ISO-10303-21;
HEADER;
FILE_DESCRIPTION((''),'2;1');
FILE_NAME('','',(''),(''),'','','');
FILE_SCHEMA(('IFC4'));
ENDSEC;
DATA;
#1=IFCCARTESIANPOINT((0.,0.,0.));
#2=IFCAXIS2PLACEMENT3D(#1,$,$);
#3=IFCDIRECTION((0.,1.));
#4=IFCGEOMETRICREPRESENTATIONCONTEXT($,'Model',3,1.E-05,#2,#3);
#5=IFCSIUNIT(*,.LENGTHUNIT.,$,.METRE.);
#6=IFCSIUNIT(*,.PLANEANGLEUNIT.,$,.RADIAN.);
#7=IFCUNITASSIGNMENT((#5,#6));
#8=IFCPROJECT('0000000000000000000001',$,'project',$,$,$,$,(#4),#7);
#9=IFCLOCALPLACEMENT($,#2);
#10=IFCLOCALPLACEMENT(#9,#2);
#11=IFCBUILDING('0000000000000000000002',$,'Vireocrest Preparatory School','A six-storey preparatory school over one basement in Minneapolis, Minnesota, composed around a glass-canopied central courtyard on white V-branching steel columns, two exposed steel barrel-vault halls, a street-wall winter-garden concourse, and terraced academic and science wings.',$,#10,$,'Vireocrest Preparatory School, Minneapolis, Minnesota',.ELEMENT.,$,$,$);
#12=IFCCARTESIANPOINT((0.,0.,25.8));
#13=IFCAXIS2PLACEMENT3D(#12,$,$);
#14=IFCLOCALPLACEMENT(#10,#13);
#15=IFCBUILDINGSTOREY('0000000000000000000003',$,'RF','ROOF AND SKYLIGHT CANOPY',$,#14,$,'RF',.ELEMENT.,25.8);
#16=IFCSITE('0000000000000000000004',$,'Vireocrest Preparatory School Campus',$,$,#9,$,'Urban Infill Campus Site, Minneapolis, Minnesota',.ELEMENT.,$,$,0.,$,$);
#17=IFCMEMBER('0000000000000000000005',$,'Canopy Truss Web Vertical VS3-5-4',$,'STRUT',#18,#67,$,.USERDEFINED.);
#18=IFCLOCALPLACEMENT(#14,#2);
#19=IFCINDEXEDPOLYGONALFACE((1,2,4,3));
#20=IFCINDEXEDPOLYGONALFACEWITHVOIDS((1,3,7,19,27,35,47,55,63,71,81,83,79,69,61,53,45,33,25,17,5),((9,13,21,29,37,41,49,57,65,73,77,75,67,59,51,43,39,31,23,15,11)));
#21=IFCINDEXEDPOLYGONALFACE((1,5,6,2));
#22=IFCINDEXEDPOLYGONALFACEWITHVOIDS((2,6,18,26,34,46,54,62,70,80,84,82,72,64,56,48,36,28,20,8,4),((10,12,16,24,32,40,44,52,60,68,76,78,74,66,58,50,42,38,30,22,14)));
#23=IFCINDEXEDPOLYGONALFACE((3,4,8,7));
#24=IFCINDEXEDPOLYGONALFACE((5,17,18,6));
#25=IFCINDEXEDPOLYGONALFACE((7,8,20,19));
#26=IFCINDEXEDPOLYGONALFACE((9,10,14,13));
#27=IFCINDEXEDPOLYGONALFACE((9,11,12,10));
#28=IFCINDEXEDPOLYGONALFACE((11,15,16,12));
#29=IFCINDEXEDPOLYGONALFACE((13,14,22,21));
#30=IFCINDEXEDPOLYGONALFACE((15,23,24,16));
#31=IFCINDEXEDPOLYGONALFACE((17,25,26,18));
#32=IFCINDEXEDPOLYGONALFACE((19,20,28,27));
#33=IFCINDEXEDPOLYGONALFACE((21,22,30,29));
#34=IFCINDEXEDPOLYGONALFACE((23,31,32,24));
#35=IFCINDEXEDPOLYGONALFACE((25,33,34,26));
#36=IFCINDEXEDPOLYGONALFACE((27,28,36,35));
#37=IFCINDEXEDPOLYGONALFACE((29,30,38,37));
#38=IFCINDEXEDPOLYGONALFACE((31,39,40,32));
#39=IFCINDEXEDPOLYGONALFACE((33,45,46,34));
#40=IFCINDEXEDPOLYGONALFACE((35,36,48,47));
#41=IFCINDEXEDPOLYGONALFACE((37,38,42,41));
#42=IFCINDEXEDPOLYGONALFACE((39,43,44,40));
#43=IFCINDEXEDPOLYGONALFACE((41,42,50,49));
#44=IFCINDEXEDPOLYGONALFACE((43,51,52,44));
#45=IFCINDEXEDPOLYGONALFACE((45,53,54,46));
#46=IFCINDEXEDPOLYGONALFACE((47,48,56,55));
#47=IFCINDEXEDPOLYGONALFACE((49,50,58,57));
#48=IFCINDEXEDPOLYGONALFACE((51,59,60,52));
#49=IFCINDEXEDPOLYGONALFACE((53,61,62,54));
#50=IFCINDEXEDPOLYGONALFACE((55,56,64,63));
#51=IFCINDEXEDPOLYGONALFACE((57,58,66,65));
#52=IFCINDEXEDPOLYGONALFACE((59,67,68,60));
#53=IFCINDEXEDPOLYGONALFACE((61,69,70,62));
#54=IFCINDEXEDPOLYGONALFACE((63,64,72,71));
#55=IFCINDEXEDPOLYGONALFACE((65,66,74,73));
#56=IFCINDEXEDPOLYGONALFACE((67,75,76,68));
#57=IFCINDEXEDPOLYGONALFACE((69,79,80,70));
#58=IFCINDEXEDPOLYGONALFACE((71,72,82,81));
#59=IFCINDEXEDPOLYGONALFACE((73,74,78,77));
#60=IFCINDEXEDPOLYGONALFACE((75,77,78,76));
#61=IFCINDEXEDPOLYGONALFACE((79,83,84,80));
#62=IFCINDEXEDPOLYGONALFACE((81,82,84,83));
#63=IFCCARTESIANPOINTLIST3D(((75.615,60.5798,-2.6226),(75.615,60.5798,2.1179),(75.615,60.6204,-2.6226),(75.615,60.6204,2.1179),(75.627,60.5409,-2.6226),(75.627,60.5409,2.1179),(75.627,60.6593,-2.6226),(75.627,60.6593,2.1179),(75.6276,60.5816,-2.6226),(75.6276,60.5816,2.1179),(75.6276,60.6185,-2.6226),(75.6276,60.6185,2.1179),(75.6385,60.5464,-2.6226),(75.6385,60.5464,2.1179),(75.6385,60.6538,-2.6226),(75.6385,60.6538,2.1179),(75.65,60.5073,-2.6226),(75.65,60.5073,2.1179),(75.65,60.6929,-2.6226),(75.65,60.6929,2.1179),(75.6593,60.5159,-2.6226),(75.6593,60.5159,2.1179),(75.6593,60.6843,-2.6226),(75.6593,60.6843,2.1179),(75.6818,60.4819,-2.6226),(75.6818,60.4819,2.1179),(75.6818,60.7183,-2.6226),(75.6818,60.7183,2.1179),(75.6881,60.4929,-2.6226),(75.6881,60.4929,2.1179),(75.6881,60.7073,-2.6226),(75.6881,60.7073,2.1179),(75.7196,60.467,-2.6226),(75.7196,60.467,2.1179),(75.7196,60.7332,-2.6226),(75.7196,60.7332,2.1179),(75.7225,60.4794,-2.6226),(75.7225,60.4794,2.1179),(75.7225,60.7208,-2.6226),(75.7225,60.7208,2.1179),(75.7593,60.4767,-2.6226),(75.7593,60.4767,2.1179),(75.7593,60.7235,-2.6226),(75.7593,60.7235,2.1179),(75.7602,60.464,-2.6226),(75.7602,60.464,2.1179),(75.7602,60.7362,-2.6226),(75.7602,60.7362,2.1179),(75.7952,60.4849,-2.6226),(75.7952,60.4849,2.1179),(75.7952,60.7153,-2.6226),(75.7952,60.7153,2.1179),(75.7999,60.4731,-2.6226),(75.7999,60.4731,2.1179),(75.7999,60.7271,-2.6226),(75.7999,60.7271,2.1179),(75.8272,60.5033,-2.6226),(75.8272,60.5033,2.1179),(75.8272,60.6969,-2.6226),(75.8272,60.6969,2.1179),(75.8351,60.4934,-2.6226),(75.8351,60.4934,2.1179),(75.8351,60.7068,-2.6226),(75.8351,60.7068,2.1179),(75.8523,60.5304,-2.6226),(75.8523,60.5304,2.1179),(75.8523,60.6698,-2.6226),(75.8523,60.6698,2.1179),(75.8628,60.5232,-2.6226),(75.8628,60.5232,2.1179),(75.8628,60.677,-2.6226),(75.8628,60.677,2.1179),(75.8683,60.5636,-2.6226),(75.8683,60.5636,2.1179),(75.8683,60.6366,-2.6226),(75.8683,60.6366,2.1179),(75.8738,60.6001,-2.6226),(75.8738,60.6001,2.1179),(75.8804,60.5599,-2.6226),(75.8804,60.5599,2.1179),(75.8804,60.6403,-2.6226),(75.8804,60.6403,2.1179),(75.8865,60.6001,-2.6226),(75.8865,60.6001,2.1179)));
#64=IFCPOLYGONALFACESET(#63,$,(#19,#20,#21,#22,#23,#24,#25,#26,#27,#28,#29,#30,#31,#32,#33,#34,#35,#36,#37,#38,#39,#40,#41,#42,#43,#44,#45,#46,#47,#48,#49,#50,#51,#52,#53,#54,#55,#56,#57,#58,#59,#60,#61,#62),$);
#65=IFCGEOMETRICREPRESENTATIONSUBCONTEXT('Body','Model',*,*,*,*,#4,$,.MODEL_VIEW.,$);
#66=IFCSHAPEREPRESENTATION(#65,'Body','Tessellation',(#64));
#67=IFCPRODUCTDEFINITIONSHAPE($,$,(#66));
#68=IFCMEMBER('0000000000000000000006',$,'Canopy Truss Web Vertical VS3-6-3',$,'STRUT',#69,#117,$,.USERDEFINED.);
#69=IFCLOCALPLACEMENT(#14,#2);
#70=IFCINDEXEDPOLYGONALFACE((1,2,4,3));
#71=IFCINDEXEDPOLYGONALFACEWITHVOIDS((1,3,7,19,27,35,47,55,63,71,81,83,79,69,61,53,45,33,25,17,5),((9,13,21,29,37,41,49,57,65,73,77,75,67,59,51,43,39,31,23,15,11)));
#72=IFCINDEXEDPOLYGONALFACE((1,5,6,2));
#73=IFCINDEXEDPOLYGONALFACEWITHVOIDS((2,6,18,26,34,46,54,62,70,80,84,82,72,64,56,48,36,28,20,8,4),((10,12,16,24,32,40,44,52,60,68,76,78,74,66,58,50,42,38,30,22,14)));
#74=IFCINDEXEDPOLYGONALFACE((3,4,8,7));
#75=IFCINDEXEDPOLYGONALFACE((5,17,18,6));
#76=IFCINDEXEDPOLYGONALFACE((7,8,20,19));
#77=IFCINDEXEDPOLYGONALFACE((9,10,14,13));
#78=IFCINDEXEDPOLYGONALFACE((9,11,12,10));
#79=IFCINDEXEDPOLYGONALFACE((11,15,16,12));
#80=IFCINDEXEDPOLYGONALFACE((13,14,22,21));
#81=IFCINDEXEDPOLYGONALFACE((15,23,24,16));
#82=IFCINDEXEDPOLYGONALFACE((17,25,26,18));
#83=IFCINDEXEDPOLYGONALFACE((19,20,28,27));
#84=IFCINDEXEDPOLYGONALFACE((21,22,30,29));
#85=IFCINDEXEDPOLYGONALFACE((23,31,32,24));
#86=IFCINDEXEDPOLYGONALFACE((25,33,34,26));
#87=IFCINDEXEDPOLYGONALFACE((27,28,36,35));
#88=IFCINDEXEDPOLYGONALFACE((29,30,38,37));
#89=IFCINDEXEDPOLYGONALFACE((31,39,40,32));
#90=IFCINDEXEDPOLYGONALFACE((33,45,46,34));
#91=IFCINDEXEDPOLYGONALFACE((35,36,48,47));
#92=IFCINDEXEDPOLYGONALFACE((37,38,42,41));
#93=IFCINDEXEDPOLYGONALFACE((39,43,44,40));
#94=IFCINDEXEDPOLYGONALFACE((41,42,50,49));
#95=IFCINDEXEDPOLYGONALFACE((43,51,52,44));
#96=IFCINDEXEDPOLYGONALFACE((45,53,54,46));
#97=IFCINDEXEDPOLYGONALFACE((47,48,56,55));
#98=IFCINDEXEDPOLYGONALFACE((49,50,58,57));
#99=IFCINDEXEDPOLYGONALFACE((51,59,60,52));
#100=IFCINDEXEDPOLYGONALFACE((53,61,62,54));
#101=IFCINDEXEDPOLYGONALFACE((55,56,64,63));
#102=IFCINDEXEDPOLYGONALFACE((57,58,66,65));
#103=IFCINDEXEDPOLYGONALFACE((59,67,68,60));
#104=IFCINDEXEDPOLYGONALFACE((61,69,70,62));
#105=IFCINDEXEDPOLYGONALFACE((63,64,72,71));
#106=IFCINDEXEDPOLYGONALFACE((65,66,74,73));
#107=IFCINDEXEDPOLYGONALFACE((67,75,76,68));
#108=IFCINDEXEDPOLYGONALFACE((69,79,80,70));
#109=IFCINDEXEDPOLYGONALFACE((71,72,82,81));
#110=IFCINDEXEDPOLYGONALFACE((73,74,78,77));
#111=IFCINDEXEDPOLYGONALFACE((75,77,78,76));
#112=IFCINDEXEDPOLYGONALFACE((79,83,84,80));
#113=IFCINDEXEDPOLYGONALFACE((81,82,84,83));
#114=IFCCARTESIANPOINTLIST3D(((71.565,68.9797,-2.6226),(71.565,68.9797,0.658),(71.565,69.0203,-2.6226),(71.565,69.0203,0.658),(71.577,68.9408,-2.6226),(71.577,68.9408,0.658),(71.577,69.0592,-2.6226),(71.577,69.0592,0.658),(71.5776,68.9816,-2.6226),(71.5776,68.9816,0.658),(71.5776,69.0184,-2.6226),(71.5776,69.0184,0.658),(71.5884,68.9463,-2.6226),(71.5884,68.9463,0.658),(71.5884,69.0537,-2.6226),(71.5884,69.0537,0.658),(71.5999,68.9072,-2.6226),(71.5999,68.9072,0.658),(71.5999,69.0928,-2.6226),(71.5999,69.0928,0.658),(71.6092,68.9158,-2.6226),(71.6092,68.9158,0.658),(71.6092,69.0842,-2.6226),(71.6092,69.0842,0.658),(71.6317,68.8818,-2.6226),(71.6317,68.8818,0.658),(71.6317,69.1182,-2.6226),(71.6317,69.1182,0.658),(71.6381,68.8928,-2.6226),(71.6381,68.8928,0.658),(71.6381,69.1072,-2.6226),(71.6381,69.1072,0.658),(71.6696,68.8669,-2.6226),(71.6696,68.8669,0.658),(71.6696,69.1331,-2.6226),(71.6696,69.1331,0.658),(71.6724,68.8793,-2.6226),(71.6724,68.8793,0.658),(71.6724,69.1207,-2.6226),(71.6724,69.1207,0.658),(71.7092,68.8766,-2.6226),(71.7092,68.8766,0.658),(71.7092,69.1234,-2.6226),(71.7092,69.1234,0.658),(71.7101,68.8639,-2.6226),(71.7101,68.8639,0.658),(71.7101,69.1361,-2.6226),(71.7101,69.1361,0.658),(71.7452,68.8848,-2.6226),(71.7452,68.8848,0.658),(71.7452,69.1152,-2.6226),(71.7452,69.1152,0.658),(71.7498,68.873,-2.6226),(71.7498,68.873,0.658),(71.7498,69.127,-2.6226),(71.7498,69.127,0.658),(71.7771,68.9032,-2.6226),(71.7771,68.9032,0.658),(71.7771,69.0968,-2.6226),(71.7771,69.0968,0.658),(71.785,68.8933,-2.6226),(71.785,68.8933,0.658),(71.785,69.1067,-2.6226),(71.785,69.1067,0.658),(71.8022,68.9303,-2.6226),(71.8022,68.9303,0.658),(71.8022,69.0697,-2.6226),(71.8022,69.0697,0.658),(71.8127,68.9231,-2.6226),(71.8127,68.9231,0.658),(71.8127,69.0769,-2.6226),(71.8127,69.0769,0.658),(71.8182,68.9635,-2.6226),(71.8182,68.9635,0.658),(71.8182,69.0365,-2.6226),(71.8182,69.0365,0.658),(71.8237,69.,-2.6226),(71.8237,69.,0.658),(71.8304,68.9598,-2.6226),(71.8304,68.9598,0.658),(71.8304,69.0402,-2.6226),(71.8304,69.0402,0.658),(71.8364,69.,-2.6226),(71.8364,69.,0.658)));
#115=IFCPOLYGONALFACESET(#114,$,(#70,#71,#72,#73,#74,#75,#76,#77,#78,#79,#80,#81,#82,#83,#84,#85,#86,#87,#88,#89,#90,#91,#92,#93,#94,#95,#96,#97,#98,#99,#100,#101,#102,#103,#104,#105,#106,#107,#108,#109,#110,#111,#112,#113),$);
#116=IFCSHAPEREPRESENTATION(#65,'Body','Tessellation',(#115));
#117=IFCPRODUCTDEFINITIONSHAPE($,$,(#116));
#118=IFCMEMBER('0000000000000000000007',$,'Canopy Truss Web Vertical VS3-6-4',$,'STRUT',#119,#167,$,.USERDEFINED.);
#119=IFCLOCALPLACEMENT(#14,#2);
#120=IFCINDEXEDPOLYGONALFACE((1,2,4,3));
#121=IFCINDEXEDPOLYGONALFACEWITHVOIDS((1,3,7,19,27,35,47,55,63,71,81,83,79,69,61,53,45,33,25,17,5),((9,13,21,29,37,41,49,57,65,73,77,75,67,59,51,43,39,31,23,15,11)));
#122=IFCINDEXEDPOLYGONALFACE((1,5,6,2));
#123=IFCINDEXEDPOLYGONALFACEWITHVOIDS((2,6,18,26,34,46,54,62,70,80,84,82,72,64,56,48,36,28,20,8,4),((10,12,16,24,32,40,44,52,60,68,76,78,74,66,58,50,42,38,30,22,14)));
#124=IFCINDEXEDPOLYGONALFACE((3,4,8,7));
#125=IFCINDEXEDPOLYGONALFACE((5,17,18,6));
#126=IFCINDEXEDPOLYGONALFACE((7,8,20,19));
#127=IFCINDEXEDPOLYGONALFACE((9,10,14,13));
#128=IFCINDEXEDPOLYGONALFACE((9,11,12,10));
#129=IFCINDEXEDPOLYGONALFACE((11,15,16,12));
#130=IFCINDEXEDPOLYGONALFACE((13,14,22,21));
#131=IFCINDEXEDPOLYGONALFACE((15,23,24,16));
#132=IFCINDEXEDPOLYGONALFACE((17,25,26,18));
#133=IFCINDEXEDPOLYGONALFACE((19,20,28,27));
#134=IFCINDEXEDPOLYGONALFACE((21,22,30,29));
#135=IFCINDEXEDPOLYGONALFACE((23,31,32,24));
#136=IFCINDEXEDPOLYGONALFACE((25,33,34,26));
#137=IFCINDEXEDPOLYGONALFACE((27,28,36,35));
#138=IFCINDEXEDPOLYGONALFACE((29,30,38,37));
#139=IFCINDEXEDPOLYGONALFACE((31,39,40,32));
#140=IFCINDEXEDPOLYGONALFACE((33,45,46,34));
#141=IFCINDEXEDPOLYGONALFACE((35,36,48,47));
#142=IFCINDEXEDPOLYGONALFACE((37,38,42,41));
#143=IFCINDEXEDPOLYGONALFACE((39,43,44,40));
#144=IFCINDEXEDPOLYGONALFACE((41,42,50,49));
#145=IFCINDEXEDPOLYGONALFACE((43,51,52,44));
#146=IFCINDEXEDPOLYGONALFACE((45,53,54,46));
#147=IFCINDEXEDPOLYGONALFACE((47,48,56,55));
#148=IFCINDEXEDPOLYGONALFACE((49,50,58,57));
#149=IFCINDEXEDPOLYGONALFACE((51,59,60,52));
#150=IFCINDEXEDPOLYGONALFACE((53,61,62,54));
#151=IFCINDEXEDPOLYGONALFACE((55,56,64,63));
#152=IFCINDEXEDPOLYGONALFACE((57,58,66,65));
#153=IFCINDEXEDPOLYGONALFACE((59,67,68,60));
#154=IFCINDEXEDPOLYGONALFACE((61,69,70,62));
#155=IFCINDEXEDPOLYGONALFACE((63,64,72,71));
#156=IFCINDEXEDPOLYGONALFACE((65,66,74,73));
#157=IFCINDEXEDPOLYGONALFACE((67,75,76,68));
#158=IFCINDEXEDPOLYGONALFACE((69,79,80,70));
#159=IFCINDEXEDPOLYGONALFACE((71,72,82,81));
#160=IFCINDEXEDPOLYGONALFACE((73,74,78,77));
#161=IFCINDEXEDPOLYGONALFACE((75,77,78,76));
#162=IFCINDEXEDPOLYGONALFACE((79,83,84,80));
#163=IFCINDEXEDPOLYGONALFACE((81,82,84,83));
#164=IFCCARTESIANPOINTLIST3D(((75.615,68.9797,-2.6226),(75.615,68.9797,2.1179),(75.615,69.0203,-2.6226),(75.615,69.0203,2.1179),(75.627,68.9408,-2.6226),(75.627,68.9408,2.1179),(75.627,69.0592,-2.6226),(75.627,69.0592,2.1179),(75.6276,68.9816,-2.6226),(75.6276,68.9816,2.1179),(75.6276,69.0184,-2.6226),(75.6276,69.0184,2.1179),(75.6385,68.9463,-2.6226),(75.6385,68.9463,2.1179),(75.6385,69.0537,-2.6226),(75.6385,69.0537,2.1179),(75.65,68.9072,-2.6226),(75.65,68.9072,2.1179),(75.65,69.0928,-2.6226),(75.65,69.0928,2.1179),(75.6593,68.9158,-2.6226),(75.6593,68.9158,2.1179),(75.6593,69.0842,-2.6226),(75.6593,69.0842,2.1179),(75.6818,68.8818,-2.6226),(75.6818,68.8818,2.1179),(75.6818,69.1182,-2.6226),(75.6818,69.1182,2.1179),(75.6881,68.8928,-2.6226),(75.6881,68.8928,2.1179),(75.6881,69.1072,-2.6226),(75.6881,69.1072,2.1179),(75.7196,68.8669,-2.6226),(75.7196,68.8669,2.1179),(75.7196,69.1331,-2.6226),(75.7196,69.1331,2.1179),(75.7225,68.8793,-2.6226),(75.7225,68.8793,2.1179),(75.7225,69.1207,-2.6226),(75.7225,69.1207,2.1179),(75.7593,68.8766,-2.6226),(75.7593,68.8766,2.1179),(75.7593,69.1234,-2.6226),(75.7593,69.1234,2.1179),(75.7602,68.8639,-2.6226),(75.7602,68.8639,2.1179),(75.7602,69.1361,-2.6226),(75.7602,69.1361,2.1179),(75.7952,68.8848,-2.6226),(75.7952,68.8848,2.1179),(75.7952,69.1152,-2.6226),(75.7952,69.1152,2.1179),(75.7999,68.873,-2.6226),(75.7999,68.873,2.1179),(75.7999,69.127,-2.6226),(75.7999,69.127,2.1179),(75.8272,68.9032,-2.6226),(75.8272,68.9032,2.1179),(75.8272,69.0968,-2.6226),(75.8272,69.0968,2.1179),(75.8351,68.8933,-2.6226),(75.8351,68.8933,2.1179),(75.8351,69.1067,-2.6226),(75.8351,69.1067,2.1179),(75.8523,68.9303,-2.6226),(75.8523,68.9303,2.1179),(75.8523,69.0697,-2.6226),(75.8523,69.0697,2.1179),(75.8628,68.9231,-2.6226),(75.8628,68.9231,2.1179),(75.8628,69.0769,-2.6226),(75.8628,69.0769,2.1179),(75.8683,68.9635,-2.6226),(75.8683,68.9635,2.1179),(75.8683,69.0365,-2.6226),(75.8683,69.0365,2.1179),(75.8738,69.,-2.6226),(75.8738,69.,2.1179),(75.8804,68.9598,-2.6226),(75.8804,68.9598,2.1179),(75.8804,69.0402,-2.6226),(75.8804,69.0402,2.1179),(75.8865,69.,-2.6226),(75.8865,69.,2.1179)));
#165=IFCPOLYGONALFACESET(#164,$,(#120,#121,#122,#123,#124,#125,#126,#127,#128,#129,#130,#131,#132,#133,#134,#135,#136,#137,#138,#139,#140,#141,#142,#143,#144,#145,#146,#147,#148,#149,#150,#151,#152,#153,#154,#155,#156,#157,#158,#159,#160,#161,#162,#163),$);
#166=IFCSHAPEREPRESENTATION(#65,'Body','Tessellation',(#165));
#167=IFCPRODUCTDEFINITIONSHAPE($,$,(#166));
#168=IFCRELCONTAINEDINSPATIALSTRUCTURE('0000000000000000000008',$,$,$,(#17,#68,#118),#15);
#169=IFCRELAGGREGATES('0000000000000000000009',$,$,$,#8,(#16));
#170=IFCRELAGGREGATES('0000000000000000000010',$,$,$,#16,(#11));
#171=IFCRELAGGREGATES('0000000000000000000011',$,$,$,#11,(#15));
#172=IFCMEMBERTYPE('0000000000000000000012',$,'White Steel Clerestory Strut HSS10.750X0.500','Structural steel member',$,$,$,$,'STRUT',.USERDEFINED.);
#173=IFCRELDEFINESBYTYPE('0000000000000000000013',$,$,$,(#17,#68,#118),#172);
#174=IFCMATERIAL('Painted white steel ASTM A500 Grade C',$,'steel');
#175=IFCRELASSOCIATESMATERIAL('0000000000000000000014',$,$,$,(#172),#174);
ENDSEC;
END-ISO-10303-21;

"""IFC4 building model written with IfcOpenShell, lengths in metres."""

from ifc_helpers import new_model, si_unit, direction, frame, origin, origin_2d, place, context, subcontext, project, spatial, hollow_circle, extrude, material, material_profile, profile_set, type_object, element, save


model = new_model("IFC4")

# Units and contexts
model_context = context("Model", 3, precision=1e-05, world=origin(), true_north=direction((0.0, 1.0)))
body_context = subcontext(model_context, "Body", "Model", "MODEL_VIEW")
ifc_project = project(units=[si_unit("LENGTHUNIT", "METRE"), si_unit("PLANEANGLEUNIT", "RADIAN")], contexts=[model_context])

# Site, building, storey
site_placement = place(None, origin())
site = spatial("IfcSite", under=ifc_project, at=site_placement, Name="Vireocrest Preparatory School Campus", LongName="Urban Infill Campus Site, Minneapolis, Minnesota", CompositionType="ELEMENT", RefElevation=0.0)
building_placement = place(site_placement, origin())
building = spatial("IfcBuilding", under=site, at=building_placement, Name="Vireocrest Preparatory School", Description="A six-storey preparatory school over one basement in Minneapolis, Minnesota, composed around a glass-canopied central courtyard on white V-branching steel columns, two exposed steel barrel-vault halls, a street-wall winter-garden concourse, and terraced academic and science wings.", LongName="Vireocrest Preparatory School, Minneapolis, Minnesota", CompositionType="ELEMENT")
storey_placement = place(building_placement, frame((0.0, 0.0, 25.8)))
storey = spatial("IfcBuildingStorey", under=building, at=storey_placement, Name="RF", Description="ROOF AND SKYLIGHT CANOPY", LongName="RF", CompositionType="ELEMENT", Elevation=25.8)

# Shared definitions
ifc_material_1 = material(Name="Painted white steel ASTM A500 Grade C", Category="steel")

# Members
ifc_material_profile_1 = material_profile(ifc_material_1, hollow_circle(Radius=0.1365, WallThickness=0.0127, at=origin_2d()), Name="HSS10.750X0.500")
ifc_profile_set_1 = profile_set([ifc_material_profile_1], Name="Painted white steel ASTM A500 Grade C")
member_type_1 = type_object("IfcMemberType", Name="White Steel Clerestory Strut HSS10.750X0.500", Description="Structural steel member", ElementType="STRUT", PredefinedType="USERDEFINED", material=ifc_profile_set_1)
member_1_placement = place(storey_placement, frame((75.75, 60.6001, -2.6226), z_axis=(0.0, 0.0, 1.0), x_axis=(1.0, 0.0, 0.0)))
element("IfcMember", 1, at=member_1_placement, inside=storey, type_object=member_type_1, Name="Canopy Truss Web Vertical VS3-5-4", ObjectType="STRUT", PredefinedType="USERDEFINED", context=body_context, shape_type="SweptSolid", body=[
    extrude(hollow_circle(Radius=0.1365, WallThickness=0.0127, at=origin_2d()), origin(), (0.0, 0.0, 1.0), 4.7405),
])
member_2_placement = place(storey_placement, frame((71.7, 69.0, -2.6226), z_axis=(0.0, 0.0, 1.0), x_axis=(1.0, 0.0, 0.0)))
element("IfcMember", 2, at=member_2_placement, inside=storey, type_object=member_type_1, Name="Canopy Truss Web Vertical VS3-6-3", ObjectType="STRUT", PredefinedType="USERDEFINED", context=body_context, shape_type="SweptSolid", body=[
    extrude(hollow_circle(Radius=0.1365, WallThickness=0.0127, at=origin_2d()), origin(), (0.0, 0.0, 1.0), 3.2805),
])
member_3_placement = place(storey_placement, frame((75.75, 69.0, -2.6226), z_axis=(0.0, 0.0, 1.0), x_axis=(1.0, 0.0, 0.0)))
element("IfcMember", 3, at=member_3_placement, inside=storey, type_object=member_type_1, Name="Canopy Truss Web Vertical VS3-6-4", ObjectType="STRUT", PredefinedType="USERDEFINED", context=body_context, shape_type="SweptSolid", body=[
    extrude(hollow_circle(Radius=0.1365, WallThickness=0.0127, at=origin_2d()), origin(), (0.0, 0.0, 1.0), 4.7405),
])

save(model, "model.ifc")
